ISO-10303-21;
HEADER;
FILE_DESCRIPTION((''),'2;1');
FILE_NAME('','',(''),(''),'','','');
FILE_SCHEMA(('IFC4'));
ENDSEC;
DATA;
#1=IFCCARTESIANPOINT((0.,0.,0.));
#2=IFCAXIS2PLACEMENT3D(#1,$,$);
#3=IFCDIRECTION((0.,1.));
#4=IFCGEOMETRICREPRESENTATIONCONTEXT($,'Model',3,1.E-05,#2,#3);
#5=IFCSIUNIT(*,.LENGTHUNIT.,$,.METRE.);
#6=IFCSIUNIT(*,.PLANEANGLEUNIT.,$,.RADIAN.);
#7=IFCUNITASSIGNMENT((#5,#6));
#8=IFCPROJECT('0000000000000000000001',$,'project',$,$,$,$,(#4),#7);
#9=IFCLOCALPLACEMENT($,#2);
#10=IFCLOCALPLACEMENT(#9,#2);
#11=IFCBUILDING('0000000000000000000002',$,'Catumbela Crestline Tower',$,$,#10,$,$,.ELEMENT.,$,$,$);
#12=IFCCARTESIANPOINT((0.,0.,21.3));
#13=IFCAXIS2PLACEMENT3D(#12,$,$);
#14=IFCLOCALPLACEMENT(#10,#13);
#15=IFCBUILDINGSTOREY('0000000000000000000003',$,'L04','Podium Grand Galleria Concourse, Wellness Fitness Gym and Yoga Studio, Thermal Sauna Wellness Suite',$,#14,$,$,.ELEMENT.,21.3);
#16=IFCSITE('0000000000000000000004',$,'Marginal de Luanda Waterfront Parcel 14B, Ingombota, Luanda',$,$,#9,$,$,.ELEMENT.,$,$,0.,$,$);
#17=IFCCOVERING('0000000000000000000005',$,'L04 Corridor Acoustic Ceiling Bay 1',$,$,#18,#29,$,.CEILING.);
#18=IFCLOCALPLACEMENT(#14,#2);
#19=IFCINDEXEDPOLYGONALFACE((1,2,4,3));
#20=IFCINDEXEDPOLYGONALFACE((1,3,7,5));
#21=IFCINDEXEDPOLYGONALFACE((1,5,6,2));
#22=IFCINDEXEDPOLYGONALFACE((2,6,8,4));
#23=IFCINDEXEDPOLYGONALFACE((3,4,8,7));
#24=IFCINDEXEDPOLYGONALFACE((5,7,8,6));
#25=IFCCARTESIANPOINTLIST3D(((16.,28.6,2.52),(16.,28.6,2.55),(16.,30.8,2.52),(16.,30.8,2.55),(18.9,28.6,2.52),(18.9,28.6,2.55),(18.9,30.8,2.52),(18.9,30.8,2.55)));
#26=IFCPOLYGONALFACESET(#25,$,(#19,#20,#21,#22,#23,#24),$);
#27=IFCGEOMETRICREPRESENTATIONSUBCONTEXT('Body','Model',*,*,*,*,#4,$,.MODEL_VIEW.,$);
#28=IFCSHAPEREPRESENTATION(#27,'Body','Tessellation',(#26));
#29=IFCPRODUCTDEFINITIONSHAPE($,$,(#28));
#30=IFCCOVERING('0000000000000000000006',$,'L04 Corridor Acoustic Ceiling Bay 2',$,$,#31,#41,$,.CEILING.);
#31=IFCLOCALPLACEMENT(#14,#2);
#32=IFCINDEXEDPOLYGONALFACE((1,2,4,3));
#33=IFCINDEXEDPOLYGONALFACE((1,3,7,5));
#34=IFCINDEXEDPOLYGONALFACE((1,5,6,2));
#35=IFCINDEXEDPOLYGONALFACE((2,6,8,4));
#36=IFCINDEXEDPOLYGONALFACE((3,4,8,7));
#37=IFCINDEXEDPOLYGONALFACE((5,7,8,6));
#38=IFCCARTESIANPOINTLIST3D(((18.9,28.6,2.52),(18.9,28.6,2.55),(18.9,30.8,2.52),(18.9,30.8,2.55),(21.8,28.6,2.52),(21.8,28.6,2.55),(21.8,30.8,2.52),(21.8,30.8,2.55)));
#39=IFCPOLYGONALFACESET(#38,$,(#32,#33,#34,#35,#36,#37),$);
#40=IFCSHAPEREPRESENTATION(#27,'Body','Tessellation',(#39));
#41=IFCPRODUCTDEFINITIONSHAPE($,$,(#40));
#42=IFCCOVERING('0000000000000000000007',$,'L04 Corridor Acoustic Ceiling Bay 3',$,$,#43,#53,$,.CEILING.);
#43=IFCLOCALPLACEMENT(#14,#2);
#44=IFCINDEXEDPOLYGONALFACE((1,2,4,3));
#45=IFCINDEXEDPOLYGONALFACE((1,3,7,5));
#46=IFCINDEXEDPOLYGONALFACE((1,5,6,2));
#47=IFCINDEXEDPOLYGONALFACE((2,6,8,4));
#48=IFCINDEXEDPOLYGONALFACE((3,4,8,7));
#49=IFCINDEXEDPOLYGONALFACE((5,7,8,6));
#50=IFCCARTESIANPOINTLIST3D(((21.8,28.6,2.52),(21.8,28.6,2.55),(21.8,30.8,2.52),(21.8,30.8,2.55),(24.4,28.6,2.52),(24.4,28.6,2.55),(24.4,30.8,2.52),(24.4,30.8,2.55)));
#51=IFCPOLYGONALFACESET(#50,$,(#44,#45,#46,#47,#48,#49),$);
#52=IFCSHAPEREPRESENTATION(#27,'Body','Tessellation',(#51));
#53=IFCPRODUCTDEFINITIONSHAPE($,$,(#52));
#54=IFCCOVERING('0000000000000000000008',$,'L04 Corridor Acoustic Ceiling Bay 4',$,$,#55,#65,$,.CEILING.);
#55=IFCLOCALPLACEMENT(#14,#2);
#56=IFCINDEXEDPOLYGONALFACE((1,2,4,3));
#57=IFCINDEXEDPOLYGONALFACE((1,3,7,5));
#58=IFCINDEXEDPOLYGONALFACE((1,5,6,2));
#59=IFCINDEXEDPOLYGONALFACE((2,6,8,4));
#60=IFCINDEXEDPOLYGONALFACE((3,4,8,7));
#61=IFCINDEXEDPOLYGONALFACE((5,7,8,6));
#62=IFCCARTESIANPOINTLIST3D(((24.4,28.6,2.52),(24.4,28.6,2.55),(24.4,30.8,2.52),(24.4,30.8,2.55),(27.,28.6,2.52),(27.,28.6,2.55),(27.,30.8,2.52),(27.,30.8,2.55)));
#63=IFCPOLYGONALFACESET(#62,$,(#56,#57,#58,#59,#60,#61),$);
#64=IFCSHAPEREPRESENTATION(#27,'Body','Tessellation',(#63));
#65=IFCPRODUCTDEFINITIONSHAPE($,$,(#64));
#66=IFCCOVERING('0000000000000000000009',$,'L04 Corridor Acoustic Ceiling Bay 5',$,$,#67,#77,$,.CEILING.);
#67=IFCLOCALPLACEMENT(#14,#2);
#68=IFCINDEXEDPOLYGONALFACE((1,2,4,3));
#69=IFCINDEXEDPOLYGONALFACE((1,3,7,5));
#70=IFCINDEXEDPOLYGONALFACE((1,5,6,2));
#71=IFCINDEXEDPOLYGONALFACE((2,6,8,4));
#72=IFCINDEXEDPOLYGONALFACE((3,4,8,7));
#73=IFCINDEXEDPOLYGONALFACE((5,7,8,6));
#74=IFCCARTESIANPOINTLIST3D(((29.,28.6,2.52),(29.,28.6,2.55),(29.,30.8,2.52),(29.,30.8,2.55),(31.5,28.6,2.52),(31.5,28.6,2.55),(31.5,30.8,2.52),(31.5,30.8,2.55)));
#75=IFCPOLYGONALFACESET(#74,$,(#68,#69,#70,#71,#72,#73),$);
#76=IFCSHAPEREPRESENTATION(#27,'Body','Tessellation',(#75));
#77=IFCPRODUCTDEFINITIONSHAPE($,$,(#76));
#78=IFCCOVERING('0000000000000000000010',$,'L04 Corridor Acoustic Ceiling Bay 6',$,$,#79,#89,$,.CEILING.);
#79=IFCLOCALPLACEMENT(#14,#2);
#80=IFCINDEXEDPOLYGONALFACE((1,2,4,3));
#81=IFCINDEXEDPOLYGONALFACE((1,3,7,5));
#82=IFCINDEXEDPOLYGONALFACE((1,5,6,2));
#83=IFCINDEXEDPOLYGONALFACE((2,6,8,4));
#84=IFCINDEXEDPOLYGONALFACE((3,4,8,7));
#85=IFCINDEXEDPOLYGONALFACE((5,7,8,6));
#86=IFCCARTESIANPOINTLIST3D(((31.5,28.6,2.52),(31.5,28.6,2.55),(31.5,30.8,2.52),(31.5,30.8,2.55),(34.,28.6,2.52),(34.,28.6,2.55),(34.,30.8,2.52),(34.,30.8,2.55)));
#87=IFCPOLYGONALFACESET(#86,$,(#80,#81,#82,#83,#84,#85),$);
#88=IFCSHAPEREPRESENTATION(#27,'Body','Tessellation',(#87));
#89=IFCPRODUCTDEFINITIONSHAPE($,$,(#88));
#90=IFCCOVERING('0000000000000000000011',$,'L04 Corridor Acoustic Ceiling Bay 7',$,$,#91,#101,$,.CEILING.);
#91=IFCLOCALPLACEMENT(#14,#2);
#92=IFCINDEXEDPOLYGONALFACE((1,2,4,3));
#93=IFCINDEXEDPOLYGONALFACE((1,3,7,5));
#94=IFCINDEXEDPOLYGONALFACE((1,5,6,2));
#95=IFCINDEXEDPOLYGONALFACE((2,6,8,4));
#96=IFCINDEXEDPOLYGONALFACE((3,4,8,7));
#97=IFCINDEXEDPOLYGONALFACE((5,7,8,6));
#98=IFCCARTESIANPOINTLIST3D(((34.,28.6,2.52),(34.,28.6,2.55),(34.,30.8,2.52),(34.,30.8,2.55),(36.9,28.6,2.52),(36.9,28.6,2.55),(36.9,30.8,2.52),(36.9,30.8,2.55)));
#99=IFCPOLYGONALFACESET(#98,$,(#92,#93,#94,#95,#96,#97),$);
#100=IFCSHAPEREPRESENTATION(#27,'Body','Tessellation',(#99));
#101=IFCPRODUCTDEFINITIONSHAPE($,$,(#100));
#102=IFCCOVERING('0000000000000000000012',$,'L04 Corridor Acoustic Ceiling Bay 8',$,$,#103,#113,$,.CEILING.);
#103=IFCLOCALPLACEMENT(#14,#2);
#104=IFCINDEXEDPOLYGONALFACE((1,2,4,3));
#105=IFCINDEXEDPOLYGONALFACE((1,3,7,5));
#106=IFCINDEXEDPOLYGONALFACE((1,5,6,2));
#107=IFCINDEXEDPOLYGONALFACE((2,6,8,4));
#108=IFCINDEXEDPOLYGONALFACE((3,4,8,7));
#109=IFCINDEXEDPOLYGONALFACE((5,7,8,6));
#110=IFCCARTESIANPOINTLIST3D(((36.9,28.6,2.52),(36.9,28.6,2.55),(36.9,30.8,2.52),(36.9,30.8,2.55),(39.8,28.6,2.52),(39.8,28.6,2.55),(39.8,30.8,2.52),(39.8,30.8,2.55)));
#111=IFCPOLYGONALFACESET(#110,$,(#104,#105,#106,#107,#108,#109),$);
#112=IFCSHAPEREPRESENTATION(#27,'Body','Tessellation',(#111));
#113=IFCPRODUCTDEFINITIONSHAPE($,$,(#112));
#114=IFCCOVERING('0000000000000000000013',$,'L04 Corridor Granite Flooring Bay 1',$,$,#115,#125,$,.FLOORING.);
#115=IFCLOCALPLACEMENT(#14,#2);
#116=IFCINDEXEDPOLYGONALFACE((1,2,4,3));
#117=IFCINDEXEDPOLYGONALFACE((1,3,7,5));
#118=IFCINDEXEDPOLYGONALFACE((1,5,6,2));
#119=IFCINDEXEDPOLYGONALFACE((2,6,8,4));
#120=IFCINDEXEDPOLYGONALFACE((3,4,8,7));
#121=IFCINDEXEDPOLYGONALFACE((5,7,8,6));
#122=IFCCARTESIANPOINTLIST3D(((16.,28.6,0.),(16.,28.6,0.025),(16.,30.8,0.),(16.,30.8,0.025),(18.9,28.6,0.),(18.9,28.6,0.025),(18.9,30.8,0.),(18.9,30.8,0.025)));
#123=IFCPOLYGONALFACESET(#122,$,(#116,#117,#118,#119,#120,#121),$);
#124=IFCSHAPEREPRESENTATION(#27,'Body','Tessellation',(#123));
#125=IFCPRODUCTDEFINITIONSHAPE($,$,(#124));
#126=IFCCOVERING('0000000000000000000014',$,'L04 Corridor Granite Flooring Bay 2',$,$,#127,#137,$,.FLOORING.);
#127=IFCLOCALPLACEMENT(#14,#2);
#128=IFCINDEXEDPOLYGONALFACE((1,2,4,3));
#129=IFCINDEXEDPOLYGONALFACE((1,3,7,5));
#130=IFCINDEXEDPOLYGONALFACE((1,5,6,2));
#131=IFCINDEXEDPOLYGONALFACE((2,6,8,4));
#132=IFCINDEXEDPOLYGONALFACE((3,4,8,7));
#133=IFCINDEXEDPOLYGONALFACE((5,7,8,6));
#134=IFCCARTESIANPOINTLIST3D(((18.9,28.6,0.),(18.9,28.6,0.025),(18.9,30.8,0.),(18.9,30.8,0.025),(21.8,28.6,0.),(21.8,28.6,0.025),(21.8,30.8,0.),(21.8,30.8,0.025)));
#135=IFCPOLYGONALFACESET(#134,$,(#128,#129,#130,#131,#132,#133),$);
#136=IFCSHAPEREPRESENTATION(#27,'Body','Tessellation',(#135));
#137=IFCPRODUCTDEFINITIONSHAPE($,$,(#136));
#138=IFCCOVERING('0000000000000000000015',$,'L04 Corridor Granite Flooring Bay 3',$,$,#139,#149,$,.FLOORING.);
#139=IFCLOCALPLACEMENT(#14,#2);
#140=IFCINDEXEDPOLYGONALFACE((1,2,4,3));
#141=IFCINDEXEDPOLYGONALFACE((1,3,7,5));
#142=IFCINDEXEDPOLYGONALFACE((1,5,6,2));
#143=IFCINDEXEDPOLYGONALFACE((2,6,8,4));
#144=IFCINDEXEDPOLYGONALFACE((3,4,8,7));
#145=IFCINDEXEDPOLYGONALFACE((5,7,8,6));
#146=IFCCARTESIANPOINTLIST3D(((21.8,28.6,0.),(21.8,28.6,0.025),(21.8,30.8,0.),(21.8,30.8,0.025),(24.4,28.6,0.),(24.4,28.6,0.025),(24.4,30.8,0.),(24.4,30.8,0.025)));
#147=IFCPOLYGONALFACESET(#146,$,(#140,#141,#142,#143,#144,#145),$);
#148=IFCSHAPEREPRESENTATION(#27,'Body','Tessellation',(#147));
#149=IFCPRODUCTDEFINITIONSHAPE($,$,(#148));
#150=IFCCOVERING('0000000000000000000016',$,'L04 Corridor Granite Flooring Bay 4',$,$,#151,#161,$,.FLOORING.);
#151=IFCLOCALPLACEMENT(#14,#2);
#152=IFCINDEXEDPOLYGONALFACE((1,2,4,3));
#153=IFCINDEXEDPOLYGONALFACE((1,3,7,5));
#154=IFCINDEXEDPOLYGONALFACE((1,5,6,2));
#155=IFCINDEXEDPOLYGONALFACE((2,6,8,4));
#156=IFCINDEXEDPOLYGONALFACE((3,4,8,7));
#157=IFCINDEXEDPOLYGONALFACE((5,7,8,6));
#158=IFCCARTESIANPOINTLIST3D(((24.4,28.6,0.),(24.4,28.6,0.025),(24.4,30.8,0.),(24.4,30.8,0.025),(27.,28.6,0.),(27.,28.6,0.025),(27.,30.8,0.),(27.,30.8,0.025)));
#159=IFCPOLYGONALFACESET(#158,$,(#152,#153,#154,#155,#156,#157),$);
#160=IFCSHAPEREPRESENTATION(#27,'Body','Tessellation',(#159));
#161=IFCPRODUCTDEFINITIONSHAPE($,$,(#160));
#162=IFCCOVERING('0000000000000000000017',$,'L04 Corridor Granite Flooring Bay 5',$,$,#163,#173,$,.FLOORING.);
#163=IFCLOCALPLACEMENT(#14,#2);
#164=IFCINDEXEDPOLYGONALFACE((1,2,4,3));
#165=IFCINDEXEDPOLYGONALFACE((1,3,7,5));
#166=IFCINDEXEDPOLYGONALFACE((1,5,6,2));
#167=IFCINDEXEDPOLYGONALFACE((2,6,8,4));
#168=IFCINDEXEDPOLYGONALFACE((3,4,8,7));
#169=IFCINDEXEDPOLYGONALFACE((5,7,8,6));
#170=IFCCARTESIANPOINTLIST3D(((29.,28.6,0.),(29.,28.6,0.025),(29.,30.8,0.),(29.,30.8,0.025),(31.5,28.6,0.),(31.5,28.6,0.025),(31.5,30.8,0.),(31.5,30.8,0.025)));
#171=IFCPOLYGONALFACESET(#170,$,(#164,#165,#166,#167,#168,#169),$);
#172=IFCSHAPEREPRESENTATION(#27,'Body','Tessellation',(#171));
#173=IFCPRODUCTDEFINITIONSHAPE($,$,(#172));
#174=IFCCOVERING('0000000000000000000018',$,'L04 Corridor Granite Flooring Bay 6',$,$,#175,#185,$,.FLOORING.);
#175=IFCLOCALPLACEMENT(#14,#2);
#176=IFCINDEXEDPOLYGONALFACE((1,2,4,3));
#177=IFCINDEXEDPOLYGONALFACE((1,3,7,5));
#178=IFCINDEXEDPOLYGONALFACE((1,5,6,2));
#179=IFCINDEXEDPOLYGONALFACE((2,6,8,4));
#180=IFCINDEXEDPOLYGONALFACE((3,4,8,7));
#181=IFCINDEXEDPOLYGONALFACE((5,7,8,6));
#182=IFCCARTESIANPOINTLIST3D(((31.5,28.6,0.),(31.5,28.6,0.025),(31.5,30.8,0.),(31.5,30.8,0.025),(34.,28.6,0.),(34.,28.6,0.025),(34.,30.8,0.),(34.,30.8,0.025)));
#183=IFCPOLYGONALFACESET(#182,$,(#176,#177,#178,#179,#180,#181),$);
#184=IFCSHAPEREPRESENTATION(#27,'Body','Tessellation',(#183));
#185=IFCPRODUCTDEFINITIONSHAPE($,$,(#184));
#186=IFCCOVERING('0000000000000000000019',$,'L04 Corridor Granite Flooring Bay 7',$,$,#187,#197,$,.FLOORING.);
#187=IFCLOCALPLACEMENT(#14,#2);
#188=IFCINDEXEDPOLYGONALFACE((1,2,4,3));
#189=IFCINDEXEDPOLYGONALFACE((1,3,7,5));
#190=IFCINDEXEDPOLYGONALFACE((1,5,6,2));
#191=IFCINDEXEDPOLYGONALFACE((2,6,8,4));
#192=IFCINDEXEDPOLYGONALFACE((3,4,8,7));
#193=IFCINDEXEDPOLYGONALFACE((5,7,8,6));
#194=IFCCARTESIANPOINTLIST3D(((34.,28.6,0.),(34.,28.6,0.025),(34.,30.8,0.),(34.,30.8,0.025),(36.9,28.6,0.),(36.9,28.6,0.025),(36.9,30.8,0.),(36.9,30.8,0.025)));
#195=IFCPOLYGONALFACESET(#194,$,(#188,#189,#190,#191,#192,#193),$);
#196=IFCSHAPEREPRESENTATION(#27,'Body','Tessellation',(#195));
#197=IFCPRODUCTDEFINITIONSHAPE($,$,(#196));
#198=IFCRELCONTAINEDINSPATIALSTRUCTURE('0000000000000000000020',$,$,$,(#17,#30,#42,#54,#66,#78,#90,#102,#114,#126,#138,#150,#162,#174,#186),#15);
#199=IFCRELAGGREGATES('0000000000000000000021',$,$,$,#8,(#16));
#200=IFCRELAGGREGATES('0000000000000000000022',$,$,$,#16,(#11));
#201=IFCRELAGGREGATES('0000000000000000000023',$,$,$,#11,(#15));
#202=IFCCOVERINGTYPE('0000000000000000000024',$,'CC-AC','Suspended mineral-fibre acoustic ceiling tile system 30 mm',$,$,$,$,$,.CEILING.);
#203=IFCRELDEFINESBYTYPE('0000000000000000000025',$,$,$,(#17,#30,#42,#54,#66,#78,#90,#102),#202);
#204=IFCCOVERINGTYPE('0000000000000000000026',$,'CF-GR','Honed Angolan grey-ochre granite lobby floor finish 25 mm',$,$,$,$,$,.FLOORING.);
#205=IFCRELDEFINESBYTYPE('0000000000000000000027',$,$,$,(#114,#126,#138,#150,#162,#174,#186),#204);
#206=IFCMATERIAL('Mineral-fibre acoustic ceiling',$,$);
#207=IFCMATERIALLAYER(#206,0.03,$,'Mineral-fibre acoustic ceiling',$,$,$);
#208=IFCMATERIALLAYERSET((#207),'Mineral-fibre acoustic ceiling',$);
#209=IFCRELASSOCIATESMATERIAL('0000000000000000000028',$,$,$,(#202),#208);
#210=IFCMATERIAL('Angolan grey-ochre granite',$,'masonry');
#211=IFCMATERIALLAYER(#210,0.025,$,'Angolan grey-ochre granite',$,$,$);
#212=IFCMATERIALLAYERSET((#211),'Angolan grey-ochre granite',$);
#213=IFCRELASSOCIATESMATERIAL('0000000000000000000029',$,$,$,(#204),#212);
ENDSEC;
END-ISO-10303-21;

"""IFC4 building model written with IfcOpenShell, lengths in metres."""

from ifc_helpers import new_model, si_unit, direction, frame, origin, place, context, subcontext, project, spatial, polyline, outline, extrude, material, layer, layer_set, type_object, element, save


model = new_model("IFC4")

# Units and contexts
model_context = context("Model", 3, precision=1e-05, world=origin(), true_north=direction((0.0, 1.0)))
body_context = subcontext(model_context, "Body", "Model", "MODEL_VIEW")
ifc_project = project(units=[si_unit("LENGTHUNIT", "METRE"), si_unit("PLANEANGLEUNIT", "RADIAN")], contexts=[model_context])

# Site, building, storey
site_placement = place(None, origin())
site = spatial("IfcSite", under=ifc_project, at=site_placement, Name="Marginal de Luanda Waterfront Parcel 14B, Ingombota, Luanda", CompositionType="ELEMENT", RefElevation=0.0)
building_placement = place(site_placement, origin())
building = spatial("IfcBuilding", under=site, at=building_placement, Name="Catumbela Crestline Tower", CompositionType="ELEMENT")
storey_placement = place(building_placement, frame((0.0, 0.0, 21.3)))
storey = spatial("IfcBuildingStorey", under=building, at=storey_placement, Name="L04", Description="Podium Grand Galleria Concourse, Wellness Fitness Gym and Yoga Studio, Thermal Sauna Wellness Suite", CompositionType="ELEMENT", Elevation=21.3)

# Shared definitions
ifc_material_1 = material(Name="Angolan grey-ochre granite", Category="masonry")

# Coverings
ifc_material_2 = material(Name="Mineral-fibre acoustic ceiling")
ifc_layer_1 = layer(ifc_material_2, 0.03, Name="Mineral-fibre acoustic ceiling")
ifc_layer_set_1 = layer_set([ifc_layer_1], Name="Mineral-fibre acoustic ceiling")
covering_type_1 = type_object("IfcCoveringType", Name="CC-AC", Description="Suspended mineral-fibre acoustic ceiling tile system 30 mm", PredefinedType="CEILING", material=ifc_layer_set_1)
covering_1_placement = place(storey_placement, frame((0.0, 0.0, 2.52)))
element("IfcCovering", 1, at=covering_1_placement, inside=storey, type_object=covering_type_1, Name="L04 Corridor Acoustic Ceiling Bay 1", PredefinedType="CEILING", context=body_context, shape_type="SweptSolid", body=[
    extrude(outline(polyline([(16.0, 28.6), (18.9, 28.6), (18.9, 30.8), (16.0, 30.8), (16.0, 28.6)])), origin(), (0.0, 0.0, 1.0), 0.03),
])
covering_2_placement = place(storey_placement, frame((0.0, 0.0, 2.52)))
element("IfcCovering", 2, at=covering_2_placement, inside=storey, type_object=covering_type_1, Name="L04 Corridor Acoustic Ceiling Bay 2", PredefinedType="CEILING", context=body_context, shape_type="SweptSolid", body=[
    extrude(outline(polyline([(18.9, 28.6), (21.8, 28.6), (21.8, 30.8), (18.9, 30.8), (18.9, 28.6)])), origin(), (0.0, 0.0, 1.0), 0.03),
])
covering_3_placement = place(storey_placement, frame((0.0, 0.0, 2.52)))
element("IfcCovering", 3, at=covering_3_placement, inside=storey, type_object=covering_type_1, Name="L04 Corridor Acoustic Ceiling Bay 3", PredefinedType="CEILING", context=body_context, shape_type="SweptSolid", body=[
    extrude(outline(polyline([(21.8, 28.6), (24.4, 28.6), (24.4, 30.8), (21.8, 30.8), (21.8, 28.6)])), origin(), (0.0, 0.0, 1.0), 0.03),
])
covering_4_placement = place(storey_placement, frame((0.0, 0.0, 2.52)))
element("IfcCovering", 4, at=covering_4_placement, inside=storey, type_object=covering_type_1, Name="L04 Corridor Acoustic Ceiling Bay 4", PredefinedType="CEILING", context=body_context, shape_type="SweptSolid", body=[
    extrude(outline(polyline([(24.4, 28.6), (27.0, 28.6), (27.0, 30.8), (24.4, 30.8), (24.4, 28.6)])), origin(), (0.0, 0.0, 1.0), 0.03),
])
covering_5_placement = place(storey_placement, frame((0.0, 0.0, 2.52)))
element("IfcCovering", 5, at=covering_5_placement, inside=storey, type_object=covering_type_1, Name="L04 Corridor Acoustic Ceiling Bay 5", PredefinedType="CEILING", context=body_context, shape_type="SweptSolid", body=[
    extrude(outline(polyline([(29.0, 28.6), (31.5, 28.6), (31.5, 30.8), (29.0, 30.8), (29.0, 28.6)])), origin(), (0.0, 0.0, 1.0), 0.03),
])
covering_6_placement = place(storey_placement, frame((0.0, 0.0, 2.52)))
element("IfcCovering", 6, at=covering_6_placement, inside=storey, type_object=covering_type_1, Name="L04 Corridor Acoustic Ceiling Bay 6", PredefinedType="CEILING", context=body_context, shape_type="SweptSolid", body=[
    extrude(outline(polyline([(31.5, 28.6), (34.0, 28.6), (34.0, 30.8), (31.5, 30.8), (31.5, 28.6)])), origin(), (0.0, 0.0, 1.0), 0.03),
])
covering_7_placement = place(storey_placement, frame((0.0, 0.0, 2.52)))
element("IfcCovering", 7, at=covering_7_placement, inside=storey, type_object=covering_type_1, Name="L04 Corridor Acoustic Ceiling Bay 7", PredefinedType="CEILING", context=body_context, shape_type="SweptSolid", body=[
    extrude(outline(polyline([(34.0, 28.6), (36.9, 28.6), (36.9, 30.8), (34.0, 30.8), (34.0, 28.6)])), origin(), (0.0, 0.0, 1.0), 0.03),
])
covering_8_placement = place(storey_placement, frame((0.0, 0.0, 2.52)))
element("IfcCovering", 8, at=covering_8_placement, inside=storey, type_object=covering_type_1, Name="L04 Corridor Acoustic Ceiling Bay 8", PredefinedType="CEILING", context=body_context, shape_type="SweptSolid", body=[
    extrude(outline(polyline([(36.9, 28.6), (39.8, 28.6), (39.8, 30.8), (36.9, 30.8), (36.9, 28.6)])), origin(), (0.0, 0.0, 1.0), 0.03),
])
ifc_layer_2 = layer(ifc_material_1, 0.025, Name="Angolan grey-ochre granite")
ifc_layer_set_2 = layer_set([ifc_layer_2], Name="Angolan grey-ochre granite")
covering_type_2 = type_object("IfcCoveringType", Name="CF-GR", Description="Honed Angolan grey-ochre granite lobby floor finish 25 mm", PredefinedType="FLOORING", material=ifc_layer_set_2)
covering_9_placement = place(storey_placement, origin())
element("IfcCovering", 9, at=covering_9_placement, inside=storey, type_object=covering_type_2, Name="L04 Corridor Granite Flooring Bay 1", PredefinedType="FLOORING", context=body_context, shape_type="SweptSolid", body=[
    extrude(outline(polyline([(16.0, 28.6), (18.9, 28.6), (18.9, 30.8), (16.0, 30.8), (16.0, 28.6)])), origin(), (0.0, 0.0, 1.0), 0.025),
])
covering_10_placement = place(storey_placement, origin())
element("IfcCovering", 10, at=covering_10_placement, inside=storey, type_object=covering_type_2, Name="L04 Corridor Granite Flooring Bay 2", PredefinedType="FLOORING", context=body_context, shape_type="SweptSolid", body=[
    extrude(outline(polyline([(18.9, 28.6), (21.8, 28.6), (21.8, 30.8), (18.9, 30.8), (18.9, 28.6)])), origin(), (0.0, 0.0, 1.0), 0.025),
])
covering_11_placement = place(storey_placement, origin())
element("IfcCovering", 11, at=covering_11_placement, inside=storey, type_object=covering_type_2, Name="L04 Corridor Granite Flooring Bay 3", PredefinedType="FLOORING", context=body_context, shape_type="SweptSolid", body=[
    extrude(outline(polyline([(21.8, 28.6), (24.4, 28.6), (24.4, 30.8), (21.8, 30.8), (21.8, 28.6)])), origin(), (0.0, 0.0, 1.0), 0.025),
])
covering_12_placement = place(storey_placement, origin())
element("IfcCovering", 12, at=covering_12_placement, inside=storey, type_object=covering_type_2, Name="L04 Corridor Granite Flooring Bay 4", PredefinedType="FLOORING", context=body_context, shape_type="SweptSolid", body=[
    extrude(outline(polyline([(24.4, 28.6), (27.0, 28.6), (27.0, 30.8), (24.4, 30.8), (24.4, 28.6)])), origin(), (0.0, 0.0, 1.0), 0.025),
])
covering_13_placement = place(storey_placement, origin())
element("IfcCovering", 13, at=covering_13_placement, inside=storey, type_object=covering_type_2, Name="L04 Corridor Granite Flooring Bay 5", PredefinedType="FLOORING", context=body_context, shape_type="SweptSolid", body=[
    extrude(outline(polyline([(29.0, 28.6), (31.5, 28.6), (31.5, 30.8), (29.0, 30.8), (29.0, 28.6)])), origin(), (0.0, 0.0, 1.0), 0.025),
])
covering_14_placement = place(storey_placement, origin())
element("IfcCovering", 14, at=covering_14_placement, inside=storey, type_object=covering_type_2, Name="L04 Corridor Granite Flooring Bay 6", PredefinedType="FLOORING", context=body_context, shape_type="SweptSolid", body=[
    extrude(outline(polyline([(31.5, 28.6), (34.0, 28.6), (34.0, 30.8), (31.5, 30.8), (31.5, 28.6)])), origin(), (0.0, 0.0, 1.0), 0.025),
])
covering_15_placement = place(storey_placement, origin())
element("IfcCovering", 15, at=covering_15_placement, inside=storey, type_object=covering_type_2, Name="L04 Corridor Granite Flooring Bay 7", PredefinedType="FLOORING", context=body_context, shape_type="SweptSolid", body=[
    extrude(outline(polyline([(34.0, 28.6), (36.9, 28.6), (36.9, 30.8), (34.0, 30.8), (34.0, 28.6)])), origin(), (0.0, 0.0, 1.0), 0.025),
])

save(model, "model.ifc")
